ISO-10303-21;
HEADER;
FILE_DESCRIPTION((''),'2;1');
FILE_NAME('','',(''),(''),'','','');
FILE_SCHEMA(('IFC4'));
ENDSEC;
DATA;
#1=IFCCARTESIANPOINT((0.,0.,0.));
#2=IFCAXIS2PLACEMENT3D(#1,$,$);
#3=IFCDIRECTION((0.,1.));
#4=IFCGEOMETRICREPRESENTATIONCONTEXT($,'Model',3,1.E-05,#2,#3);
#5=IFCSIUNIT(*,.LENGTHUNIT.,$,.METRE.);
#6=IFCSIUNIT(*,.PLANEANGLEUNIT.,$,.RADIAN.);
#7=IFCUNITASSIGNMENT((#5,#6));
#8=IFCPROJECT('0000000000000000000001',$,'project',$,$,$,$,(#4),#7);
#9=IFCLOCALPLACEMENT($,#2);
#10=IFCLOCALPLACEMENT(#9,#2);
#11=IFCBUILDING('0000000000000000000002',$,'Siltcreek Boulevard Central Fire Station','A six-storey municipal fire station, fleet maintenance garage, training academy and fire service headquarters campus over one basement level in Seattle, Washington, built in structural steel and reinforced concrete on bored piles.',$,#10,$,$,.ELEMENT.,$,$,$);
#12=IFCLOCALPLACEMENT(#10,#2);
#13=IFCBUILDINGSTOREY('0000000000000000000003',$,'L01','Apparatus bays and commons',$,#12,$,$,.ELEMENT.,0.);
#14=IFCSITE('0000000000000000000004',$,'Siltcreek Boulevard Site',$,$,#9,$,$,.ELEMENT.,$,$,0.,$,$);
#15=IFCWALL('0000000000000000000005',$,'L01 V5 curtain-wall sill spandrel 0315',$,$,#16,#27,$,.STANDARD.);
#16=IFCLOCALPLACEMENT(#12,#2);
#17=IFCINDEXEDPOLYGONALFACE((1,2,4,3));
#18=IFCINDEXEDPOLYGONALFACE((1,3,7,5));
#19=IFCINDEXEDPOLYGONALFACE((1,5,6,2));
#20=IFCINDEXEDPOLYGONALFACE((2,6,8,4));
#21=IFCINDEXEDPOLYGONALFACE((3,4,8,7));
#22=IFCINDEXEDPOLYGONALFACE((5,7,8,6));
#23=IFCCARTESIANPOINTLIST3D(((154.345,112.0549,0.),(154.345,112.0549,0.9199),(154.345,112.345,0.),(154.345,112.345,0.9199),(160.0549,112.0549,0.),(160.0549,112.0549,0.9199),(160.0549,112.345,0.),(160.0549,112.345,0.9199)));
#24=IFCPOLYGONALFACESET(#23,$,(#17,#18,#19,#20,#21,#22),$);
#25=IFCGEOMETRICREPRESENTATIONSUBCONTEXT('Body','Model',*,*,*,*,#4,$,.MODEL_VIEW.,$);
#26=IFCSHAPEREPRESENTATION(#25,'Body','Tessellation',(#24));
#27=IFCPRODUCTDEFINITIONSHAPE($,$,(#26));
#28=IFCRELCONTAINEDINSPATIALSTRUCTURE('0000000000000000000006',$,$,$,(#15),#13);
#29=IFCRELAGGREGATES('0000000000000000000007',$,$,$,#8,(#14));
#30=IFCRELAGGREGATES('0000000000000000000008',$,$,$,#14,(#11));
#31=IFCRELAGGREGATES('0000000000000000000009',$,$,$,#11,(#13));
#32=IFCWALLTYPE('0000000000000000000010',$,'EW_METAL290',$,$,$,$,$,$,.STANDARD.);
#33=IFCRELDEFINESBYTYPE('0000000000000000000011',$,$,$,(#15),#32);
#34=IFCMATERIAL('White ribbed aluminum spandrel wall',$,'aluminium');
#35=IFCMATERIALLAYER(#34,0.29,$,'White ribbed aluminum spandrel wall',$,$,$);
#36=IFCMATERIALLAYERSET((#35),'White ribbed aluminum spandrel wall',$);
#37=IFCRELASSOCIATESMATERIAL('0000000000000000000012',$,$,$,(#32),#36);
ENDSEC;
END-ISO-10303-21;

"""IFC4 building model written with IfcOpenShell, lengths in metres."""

from ifc_helpers import new_model, si_unit, direction, frame, frame_2d, origin, place, context, subcontext, project, spatial, rectangle, extrude, material, layer, layer_set, type_object, element, save


model = new_model("IFC4")

# Units and contexts
model_context = context("Model", 3, precision=1e-05, world=origin(), true_north=direction((0.0, 1.0)))
body_context = subcontext(model_context, "Body", "Model", "MODEL_VIEW")
ifc_project = project(units=[si_unit("LENGTHUNIT", "METRE"), si_unit("PLANEANGLEUNIT", "RADIAN")], contexts=[model_context])

# Site, building, storey
site_placement = place(None, origin())
site = spatial("IfcSite", under=ifc_project, at=site_placement, Name="Siltcreek Boulevard Site", CompositionType="ELEMENT", RefElevation=0.0)
building_placement = place(site_placement, origin())
building = spatial("IfcBuilding", under=site, at=building_placement, Name="Siltcreek Boulevard Central Fire Station", Description="A six-storey municipal fire station, fleet maintenance garage, training academy and fire service headquarters campus over one basement level in Seattle, Washington, built in structural steel and reinforced concrete on bored piles.", CompositionType="ELEMENT")
storey_placement = place(building_placement, origin())
storey = spatial("IfcBuildingStorey", under=building, at=storey_placement, Name="L01", Description="Apparatus bays and commons", CompositionType="ELEMENT", Elevation=0.0)

# Wall
ifc_material_1 = material(Name="White ribbed aluminum spandrel wall", Category="aluminium")
ifc_layer_1 = layer(ifc_material_1, 0.29, Name="White ribbed aluminum spandrel wall")
ifc_layer_set_1 = layer_set([ifc_layer_1], Name="White ribbed aluminum spandrel wall")
wall_type = type_object("IfcWallType", Name="EW_METAL290", PredefinedType="STANDARD", material=ifc_layer_set_1)
wall_placement = place(storey_placement, frame((160.0549, 112.2, 0.0), z_axis=(0.0, 0.0, 1.0), x_axis=(-1.0, 0.0, 0.0)))
element("IfcWall", 1, at=wall_placement, inside=storey, type_object=wall_type, Name="L01 V5 curtain-wall sill spandrel 0315", PredefinedType="STANDARD", context=body_context, shape_type="SweptSolid", body=[
    extrude(rectangle(XDim=5.71, YDim=0.29, at=frame_2d((2.855, 0.0))), origin(), (0.0, 0.0, 1.0), 0.9199),
])

save(model, "model.ifc")
